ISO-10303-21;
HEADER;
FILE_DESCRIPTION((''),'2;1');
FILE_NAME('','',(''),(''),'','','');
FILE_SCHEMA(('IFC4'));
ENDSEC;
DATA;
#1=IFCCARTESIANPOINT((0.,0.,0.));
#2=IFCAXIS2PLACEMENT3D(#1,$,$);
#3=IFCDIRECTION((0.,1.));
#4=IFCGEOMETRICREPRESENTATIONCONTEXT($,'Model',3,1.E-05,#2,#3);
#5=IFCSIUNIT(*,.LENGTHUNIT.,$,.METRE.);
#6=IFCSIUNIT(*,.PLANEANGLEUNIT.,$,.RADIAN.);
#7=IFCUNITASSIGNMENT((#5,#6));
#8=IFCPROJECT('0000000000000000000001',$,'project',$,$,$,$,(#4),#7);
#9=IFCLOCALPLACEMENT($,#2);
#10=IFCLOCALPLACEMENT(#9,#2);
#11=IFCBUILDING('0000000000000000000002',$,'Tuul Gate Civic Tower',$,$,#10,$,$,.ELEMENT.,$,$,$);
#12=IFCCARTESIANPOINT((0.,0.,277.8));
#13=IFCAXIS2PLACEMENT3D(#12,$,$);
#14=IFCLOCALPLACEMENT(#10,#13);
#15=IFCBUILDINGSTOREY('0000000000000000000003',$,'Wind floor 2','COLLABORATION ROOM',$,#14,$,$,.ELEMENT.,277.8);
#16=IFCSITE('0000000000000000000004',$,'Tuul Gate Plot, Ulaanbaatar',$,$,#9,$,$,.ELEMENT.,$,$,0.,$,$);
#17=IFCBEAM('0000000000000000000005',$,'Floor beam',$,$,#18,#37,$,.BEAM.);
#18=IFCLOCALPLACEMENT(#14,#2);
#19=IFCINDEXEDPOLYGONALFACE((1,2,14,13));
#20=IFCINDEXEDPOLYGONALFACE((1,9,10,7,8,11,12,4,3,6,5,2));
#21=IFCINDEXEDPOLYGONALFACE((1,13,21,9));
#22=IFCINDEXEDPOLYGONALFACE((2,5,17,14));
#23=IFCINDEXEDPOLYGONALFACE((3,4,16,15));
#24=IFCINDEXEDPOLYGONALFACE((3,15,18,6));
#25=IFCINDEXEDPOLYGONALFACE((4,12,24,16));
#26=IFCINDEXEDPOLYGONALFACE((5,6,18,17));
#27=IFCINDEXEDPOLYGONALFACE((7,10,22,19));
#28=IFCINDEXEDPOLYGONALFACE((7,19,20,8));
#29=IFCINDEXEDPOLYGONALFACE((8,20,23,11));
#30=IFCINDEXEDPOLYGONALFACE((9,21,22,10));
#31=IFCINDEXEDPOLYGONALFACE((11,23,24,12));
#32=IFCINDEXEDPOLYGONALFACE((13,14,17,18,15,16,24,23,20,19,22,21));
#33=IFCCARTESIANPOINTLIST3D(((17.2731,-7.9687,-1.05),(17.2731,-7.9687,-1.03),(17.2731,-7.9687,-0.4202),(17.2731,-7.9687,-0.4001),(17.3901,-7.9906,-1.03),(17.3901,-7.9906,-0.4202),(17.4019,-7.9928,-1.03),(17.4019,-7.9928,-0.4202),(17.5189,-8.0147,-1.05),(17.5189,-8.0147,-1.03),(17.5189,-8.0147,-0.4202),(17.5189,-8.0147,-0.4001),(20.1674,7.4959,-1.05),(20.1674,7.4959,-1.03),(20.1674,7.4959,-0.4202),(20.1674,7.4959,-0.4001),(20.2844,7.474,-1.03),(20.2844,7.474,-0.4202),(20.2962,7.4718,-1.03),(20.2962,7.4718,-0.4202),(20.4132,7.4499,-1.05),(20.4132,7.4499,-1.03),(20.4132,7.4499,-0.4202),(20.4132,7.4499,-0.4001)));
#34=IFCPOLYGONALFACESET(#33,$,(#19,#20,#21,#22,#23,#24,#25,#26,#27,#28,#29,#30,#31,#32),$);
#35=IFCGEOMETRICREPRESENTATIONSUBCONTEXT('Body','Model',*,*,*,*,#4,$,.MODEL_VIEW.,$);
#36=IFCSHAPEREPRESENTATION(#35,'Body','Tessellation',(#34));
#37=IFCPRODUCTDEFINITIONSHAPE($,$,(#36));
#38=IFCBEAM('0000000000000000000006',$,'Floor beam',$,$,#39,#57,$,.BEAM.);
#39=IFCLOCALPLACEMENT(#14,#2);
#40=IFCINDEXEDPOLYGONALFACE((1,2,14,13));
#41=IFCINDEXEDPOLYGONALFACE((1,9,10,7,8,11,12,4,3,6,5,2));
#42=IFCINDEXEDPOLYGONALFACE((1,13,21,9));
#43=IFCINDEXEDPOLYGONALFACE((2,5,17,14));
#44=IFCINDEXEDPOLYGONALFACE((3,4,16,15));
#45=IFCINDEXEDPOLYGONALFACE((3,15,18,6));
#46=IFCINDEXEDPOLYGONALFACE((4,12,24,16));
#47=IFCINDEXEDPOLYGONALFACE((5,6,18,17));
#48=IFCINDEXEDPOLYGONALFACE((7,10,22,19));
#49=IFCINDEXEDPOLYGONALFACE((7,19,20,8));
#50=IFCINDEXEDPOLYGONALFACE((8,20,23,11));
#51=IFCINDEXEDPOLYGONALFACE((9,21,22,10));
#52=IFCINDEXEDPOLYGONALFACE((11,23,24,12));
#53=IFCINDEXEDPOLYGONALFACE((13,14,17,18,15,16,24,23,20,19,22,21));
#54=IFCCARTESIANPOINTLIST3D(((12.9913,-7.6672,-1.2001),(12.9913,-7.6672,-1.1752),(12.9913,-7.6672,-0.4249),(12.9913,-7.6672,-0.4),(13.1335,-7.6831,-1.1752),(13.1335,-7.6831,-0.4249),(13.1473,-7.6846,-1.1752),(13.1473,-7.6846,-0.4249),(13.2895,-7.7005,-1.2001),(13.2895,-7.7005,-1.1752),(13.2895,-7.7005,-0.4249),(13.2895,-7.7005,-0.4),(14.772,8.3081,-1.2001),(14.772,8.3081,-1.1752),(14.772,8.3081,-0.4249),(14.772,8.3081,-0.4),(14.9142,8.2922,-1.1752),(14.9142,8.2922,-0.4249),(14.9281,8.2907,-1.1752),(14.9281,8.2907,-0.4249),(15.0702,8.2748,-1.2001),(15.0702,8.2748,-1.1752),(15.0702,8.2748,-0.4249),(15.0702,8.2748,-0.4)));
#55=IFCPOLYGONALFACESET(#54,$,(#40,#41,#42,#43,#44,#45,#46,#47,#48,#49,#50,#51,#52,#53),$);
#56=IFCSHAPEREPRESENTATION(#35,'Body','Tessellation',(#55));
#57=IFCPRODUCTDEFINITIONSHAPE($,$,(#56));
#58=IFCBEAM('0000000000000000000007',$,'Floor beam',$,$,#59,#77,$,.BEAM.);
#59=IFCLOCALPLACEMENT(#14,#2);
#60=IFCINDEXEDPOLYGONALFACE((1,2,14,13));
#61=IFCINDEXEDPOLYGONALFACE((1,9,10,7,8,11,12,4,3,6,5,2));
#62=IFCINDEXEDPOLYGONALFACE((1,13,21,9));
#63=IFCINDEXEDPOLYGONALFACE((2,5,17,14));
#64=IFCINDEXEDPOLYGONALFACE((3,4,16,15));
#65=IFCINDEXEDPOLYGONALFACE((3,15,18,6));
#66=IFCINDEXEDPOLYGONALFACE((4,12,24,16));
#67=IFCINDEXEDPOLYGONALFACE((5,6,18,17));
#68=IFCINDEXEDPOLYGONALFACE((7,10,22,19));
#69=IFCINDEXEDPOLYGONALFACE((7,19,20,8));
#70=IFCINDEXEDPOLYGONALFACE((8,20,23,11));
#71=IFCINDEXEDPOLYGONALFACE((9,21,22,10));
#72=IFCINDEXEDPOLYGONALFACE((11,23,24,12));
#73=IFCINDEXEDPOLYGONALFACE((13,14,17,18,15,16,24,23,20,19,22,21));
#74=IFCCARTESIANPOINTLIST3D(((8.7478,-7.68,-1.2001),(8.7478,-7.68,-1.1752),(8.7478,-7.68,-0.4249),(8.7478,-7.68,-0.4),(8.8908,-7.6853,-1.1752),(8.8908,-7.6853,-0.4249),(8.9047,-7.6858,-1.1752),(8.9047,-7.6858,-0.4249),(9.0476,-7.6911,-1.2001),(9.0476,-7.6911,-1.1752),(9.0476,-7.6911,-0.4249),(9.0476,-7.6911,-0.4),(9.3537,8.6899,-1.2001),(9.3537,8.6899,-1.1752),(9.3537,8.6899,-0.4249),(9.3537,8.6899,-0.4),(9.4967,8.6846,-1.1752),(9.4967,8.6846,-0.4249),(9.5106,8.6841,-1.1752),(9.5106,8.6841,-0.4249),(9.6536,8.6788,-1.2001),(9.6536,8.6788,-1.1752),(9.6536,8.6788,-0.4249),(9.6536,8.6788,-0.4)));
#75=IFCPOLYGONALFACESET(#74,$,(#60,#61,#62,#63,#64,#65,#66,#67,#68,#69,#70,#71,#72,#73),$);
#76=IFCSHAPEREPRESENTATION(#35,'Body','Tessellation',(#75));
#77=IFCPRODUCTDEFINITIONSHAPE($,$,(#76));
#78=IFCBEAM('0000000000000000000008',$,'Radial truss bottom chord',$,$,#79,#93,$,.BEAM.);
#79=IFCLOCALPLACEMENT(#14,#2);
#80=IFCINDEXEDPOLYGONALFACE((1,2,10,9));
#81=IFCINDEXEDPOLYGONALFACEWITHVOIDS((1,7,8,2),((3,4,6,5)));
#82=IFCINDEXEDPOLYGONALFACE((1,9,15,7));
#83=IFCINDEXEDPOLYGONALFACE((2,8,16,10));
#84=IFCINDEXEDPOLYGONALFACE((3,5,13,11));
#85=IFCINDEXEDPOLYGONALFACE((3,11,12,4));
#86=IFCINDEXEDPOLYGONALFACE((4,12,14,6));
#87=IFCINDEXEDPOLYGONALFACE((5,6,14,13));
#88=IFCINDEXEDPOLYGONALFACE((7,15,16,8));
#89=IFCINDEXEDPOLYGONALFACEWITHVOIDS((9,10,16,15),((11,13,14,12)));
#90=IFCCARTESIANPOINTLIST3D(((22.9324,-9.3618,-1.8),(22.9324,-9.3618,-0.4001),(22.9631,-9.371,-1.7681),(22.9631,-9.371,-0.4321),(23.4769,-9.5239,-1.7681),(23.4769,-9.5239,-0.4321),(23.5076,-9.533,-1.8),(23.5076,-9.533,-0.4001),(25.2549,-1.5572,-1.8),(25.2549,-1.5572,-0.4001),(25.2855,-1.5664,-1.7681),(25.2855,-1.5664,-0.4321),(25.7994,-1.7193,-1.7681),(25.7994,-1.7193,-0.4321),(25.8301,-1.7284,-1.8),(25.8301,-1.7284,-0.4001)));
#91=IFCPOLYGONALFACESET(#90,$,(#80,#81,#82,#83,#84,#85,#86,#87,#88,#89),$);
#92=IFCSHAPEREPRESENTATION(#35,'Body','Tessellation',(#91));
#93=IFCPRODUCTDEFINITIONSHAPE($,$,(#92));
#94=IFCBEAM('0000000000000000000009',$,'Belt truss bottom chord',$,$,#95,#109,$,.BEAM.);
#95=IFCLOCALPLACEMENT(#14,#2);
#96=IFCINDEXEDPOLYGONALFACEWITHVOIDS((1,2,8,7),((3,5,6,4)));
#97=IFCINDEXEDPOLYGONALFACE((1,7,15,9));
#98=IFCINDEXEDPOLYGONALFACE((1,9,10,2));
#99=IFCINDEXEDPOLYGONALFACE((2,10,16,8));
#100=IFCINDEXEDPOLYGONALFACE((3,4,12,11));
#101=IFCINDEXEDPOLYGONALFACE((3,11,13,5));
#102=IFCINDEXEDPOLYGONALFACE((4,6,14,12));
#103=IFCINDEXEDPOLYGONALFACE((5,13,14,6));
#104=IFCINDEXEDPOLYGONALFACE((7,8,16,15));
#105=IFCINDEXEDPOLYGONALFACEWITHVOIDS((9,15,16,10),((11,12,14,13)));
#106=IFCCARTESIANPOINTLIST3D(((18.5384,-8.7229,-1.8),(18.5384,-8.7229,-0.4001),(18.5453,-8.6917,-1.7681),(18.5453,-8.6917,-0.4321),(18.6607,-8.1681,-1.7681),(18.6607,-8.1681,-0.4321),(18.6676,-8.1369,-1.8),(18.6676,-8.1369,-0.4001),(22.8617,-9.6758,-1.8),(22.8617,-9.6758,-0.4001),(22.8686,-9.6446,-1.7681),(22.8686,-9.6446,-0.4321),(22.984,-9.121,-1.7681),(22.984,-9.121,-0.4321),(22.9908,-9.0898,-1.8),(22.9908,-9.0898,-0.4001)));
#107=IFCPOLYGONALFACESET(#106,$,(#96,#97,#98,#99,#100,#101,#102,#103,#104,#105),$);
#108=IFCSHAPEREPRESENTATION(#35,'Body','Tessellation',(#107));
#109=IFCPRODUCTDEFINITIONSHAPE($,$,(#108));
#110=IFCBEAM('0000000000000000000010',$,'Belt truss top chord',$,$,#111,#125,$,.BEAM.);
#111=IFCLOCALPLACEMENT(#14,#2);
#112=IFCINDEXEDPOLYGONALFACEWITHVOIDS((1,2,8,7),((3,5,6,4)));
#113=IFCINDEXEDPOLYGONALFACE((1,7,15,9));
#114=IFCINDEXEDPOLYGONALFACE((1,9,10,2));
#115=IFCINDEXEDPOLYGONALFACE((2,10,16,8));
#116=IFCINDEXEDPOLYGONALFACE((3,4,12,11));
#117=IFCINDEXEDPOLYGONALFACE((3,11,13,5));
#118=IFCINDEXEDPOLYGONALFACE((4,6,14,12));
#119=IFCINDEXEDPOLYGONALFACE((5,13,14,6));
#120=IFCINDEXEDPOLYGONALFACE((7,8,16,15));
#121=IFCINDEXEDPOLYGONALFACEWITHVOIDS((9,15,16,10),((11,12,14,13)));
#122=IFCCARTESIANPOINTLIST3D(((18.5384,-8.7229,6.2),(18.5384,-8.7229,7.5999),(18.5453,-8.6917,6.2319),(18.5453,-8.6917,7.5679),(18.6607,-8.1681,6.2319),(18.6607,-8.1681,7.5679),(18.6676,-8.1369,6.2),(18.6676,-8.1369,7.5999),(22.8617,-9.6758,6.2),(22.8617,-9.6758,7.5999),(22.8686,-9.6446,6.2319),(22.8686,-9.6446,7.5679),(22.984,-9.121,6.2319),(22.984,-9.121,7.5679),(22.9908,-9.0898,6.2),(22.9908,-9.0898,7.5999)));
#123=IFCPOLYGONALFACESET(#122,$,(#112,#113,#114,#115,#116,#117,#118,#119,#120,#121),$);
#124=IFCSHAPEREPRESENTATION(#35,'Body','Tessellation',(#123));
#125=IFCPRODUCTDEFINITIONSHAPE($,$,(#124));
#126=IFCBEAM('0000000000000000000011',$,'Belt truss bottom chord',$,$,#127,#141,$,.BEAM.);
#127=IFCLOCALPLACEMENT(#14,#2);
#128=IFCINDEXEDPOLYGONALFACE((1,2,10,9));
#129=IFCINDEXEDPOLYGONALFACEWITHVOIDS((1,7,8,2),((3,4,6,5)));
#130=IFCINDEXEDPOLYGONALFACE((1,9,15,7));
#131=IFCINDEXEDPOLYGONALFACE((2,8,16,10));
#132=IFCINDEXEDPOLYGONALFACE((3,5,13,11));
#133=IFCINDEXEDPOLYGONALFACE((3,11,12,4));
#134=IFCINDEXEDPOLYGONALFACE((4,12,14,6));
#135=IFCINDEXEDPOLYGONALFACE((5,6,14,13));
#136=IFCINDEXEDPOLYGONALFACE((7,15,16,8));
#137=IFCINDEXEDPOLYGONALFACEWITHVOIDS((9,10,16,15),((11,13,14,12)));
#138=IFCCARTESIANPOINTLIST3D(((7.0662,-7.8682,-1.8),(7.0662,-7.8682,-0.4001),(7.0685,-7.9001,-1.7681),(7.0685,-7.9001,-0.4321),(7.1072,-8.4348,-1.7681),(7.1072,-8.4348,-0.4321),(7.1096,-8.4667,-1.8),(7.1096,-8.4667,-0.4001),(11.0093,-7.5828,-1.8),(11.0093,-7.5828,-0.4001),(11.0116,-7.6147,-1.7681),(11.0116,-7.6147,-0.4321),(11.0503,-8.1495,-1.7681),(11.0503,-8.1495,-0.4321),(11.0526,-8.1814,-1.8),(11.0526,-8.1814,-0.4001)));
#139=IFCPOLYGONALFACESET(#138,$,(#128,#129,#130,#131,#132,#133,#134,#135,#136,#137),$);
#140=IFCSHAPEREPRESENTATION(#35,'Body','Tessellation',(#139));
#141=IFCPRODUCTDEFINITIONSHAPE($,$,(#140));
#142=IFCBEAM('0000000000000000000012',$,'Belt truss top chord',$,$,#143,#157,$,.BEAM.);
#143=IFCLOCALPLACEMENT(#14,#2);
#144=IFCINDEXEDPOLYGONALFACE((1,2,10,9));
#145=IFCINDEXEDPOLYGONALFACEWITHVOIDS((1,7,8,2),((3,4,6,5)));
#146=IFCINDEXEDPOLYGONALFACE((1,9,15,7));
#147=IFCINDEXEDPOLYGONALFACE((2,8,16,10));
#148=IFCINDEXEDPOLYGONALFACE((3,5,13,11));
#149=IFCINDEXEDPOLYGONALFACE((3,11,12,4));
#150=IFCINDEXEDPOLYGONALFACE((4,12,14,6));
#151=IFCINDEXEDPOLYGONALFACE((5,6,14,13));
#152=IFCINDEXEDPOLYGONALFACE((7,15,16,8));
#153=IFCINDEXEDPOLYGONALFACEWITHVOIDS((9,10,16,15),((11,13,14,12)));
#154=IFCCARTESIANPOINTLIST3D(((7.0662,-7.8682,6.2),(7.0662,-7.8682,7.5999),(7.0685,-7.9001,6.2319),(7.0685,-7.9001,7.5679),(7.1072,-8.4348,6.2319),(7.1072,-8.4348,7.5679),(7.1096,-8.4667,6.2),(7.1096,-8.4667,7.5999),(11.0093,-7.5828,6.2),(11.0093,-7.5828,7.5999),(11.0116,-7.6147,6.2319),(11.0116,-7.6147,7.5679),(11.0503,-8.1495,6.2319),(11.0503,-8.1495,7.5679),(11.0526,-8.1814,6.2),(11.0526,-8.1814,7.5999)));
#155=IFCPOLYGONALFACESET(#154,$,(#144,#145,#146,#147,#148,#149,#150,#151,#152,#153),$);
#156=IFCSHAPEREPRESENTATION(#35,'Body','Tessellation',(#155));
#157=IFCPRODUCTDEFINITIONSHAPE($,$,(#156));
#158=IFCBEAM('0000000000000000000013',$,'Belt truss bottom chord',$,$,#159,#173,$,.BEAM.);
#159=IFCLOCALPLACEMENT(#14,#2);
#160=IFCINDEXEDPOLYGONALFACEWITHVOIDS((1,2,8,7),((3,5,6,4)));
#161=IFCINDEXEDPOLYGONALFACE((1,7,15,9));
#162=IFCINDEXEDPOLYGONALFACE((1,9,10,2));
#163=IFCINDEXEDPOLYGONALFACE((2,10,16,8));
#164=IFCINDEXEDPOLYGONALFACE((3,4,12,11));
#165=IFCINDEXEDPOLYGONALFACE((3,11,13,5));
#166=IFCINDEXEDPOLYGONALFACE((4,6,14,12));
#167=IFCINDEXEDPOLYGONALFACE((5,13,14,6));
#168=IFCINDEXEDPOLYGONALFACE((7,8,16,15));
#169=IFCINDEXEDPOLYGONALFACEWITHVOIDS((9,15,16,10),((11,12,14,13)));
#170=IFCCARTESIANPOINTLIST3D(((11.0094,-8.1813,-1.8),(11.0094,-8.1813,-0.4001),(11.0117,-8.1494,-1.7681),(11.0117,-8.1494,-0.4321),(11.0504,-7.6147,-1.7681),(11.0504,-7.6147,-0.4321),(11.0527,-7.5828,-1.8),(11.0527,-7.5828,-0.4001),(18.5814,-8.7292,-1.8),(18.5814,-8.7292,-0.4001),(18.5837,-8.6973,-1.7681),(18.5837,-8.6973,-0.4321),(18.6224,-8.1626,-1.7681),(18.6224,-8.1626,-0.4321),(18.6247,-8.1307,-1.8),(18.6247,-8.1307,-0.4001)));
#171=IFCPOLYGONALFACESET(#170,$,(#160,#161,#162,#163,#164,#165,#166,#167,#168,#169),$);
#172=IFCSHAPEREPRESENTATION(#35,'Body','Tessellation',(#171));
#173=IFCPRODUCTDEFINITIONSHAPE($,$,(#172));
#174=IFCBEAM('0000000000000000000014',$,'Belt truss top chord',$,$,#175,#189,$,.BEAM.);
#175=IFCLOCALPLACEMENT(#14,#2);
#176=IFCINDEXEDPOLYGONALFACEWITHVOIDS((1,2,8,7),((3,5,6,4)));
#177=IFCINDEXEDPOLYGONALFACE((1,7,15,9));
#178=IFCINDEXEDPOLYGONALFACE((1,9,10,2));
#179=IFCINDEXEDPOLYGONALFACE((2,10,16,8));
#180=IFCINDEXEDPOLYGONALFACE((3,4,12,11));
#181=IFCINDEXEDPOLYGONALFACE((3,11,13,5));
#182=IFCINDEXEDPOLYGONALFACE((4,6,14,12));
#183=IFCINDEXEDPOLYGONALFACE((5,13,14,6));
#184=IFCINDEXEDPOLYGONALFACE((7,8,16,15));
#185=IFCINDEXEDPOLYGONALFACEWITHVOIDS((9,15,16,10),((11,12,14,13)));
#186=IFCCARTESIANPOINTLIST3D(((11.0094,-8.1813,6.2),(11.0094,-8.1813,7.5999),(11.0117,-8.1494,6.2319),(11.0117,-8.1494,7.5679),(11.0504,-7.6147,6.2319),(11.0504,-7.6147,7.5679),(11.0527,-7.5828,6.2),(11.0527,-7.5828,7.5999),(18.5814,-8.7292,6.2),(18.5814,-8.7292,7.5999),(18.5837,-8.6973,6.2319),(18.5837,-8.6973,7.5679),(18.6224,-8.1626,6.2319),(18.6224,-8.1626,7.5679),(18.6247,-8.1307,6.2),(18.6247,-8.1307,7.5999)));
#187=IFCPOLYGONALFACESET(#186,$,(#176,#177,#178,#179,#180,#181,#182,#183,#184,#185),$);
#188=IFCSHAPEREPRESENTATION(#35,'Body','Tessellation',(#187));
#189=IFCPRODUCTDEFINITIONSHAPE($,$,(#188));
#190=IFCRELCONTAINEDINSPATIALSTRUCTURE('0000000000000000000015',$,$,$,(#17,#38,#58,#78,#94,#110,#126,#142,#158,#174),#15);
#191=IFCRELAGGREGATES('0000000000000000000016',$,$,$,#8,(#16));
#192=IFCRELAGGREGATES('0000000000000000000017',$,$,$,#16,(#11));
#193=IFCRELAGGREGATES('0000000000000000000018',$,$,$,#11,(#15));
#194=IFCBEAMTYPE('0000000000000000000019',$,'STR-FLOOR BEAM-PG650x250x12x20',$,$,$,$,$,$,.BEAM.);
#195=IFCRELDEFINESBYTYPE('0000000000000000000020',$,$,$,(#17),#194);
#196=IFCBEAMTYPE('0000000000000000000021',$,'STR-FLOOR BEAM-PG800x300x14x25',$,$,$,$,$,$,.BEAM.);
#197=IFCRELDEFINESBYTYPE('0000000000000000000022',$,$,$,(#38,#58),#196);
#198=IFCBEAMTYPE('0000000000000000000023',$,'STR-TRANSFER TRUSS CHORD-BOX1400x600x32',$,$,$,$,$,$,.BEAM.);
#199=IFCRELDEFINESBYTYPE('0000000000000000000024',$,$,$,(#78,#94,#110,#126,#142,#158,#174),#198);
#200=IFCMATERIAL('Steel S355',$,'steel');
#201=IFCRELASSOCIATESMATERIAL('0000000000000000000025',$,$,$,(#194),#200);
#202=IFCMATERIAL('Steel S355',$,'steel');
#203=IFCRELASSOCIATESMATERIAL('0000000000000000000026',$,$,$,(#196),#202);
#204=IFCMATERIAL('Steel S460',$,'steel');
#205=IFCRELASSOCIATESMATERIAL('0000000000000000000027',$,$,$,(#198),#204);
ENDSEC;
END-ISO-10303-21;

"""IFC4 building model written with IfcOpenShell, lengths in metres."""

from ifc_helpers import new_model, si_unit, direction, frame, origin, origin_2d, place, context, subcontext, project, spatial, hollow_rectangle, i_section, extrude, material, material_profile, profile_set, type_object, element, save


model = new_model("IFC4")

# Units and contexts
model_context = context("Model", 3, precision=1e-05, world=origin(), true_north=direction((0.0, 1.0)))
body_context = subcontext(model_context, "Body", "Model", "MODEL_VIEW")
ifc_project = project(units=[si_unit("LENGTHUNIT", "METRE"), si_unit("PLANEANGLEUNIT", "RADIAN")], contexts=[model_context])

# Site, building, storey
site_placement = place(None, origin())
site = spatial("IfcSite", under=ifc_project, at=site_placement, Name="Tuul Gate Plot, Ulaanbaatar", CompositionType="ELEMENT", RefElevation=0.0)
building_placement = place(site_placement, origin())
building = spatial("IfcBuilding", under=site, at=building_placement, Name="Tuul Gate Civic Tower", CompositionType="ELEMENT")
storey_placement = place(building_placement, frame((0.0, 0.0, 277.8)))
storey = spatial("IfcBuildingStorey", under=building, at=storey_placement, Name="Wind floor 2", Description="COLLABORATION ROOM", CompositionType="ELEMENT", Elevation=277.8)

# Beams
ifc_material_1 = material(Name="Steel S355", Category="steel")
ifc_material_profile_1 = material_profile(ifc_material_1, i_section(OverallWidth=0.25, OverallDepth=0.6499, WebThickness=0.012, FlangeThickness=0.02, at=origin_2d()), Name="PG650x250x12x20")
ifc_profile_set_1 = profile_set([ifc_material_profile_1], Name="Steel S355")
beam_type_1 = type_object("IfcBeamType", Name="STR-FLOOR BEAM-PG650x250x12x20", PredefinedType="BEAM", material=ifc_profile_set_1)
beam_1_placement = place(storey_placement, frame((17.396, -7.9917, -0.7251), z_axis=(0.183962, 0.982933, 0.0), x_axis=(-0.982933, 0.183962, 0.0)))
element("IfcBeam", 1, at=beam_1_placement, inside=storey, type_object=beam_type_1, Name="Floor beam", PredefinedType="BEAM", context=body_context, shape_type="SweptSolid", body=[
    extrude(i_section(OverallWidth=0.25, OverallDepth=0.6499, WebThickness=0.012, FlangeThickness=0.02, at=origin_2d()), origin(), (0.0, 0.0, 1.0), 15.7332),
])
ifc_material_2 = material(Name="Steel S355", Category="steel")
ifc_material_profile_2 = material_profile(ifc_material_2, i_section(OverallWidth=0.3, OverallDepth=0.8, WebThickness=0.0139, FlangeThickness=0.0249, at=origin_2d()), Name="PG800x300x14x25")
ifc_profile_set_2 = profile_set([ifc_material_profile_2], Name="Steel S355")
beam_type_2 = type_object("IfcBeamType", Name="STR-FLOOR BEAM-PG800x300x14x25", PredefinedType="BEAM", material=ifc_profile_set_2)
beam_2_placement = place(storey_placement, frame((13.1404, -7.6838, -0.8), z_axis=(0.110783, 0.993845, 0.0), x_axis=(-0.993845, 0.110783, 0.0)))
element("IfcBeam", 2, at=beam_2_placement, inside=storey, type_object=beam_type_2, Name="Floor beam", PredefinedType="BEAM", context=body_context, shape_type="SweptSolid", body=[
    extrude(i_section(OverallWidth=0.3, OverallDepth=0.8, WebThickness=0.0139, FlangeThickness=0.0249, at=origin_2d()), origin(), (0.0, 0.0, 1.0), 16.0742),
])
beam_3_placement = place(storey_placement, frame((8.8977, -7.6855, -0.8), z_axis=(0.036991, 0.999316, 0.0), x_axis=(-0.999316, 0.036991, 0.0)))
element("IfcBeam", 3, at=beam_3_placement, inside=storey, type_object=beam_type_2, Name="Floor beam", PredefinedType="BEAM", context=body_context, shape_type="SweptSolid", body=[
    extrude(i_section(OverallWidth=0.3, OverallDepth=0.8, WebThickness=0.0139, FlangeThickness=0.0249, at=origin_2d()), origin(), (0.0, 0.0, 1.0), 16.3811),
])
ifc_material_3 = material(Name="Steel S460", Category="steel")
ifc_material_profile_3 = material_profile(ifc_material_3, hollow_rectangle(XDim=0.6001, YDim=1.3999, WallThickness=0.032, at=origin_2d()), Name="BOX1400x600x32")
ifc_profile_set_3 = profile_set([ifc_material_profile_3], Name="Steel S460")
beam_type_3 = type_object("IfcBeamType", Name="STR-TRANSFER TRUSS CHORD-BOX1400x600x32", PredefinedType="BEAM", material=ifc_profile_set_3)
beam_4_placement = place(storey_placement, frame((25.5425, -1.6428, -1.1001), z_axis=(-0.285218, -0.958463, 0.0), x_axis=(0.958463, -0.285218, 0.0)))
element("IfcBeam", 4, at=beam_4_placement, inside=storey, type_object=beam_type_3, Name="Radial truss bottom chord", PredefinedType="BEAM", context=body_context, shape_type="SweptSolid", body=[
    extrude(hollow_rectangle(XDim=0.6001, YDim=1.3999, WallThickness=0.032, at=origin_2d()), origin(), (0.0, 0.0, 1.0), 8.1428),
])
for number, where, z_axis, x_axis, name in (
    (5, (18.603, -8.4299, -1.1001), (0.976561, -0.215243, 0.0), (0.215243, 0.976561, 0.0), "Belt truss bottom chord"),
    (6, (18.603, -8.4299, 6.8999), (0.976561, -0.215243, 0.0), (0.215243, 0.976561, 0.0), "Belt truss top chord"),
):
    element("IfcBeam", number, at=place(storey_placement, frame(where, z_axis=z_axis, x_axis=x_axis)), inside=storey, type_object=beam_type_3, Name=name, PredefinedType="BEAM", context=body_context, shape_type="SweptSolid", body=[
        extrude(hollow_rectangle(XDim=0.6001, YDim=1.3999, WallThickness=0.032, at=origin_2d()), origin(), (0.0, 0.0, 1.0), 4.427),
    ])
for number, where, z_axis, x_axis, name in (
    (7, (7.0879, -8.1675, -1.1001), (0.997391, 0.072191, 0.0), (-0.072191, 0.997391, 0.0), "Belt truss bottom chord"),
    (8, (7.0879, -8.1675, 6.8999), (0.997391, 0.072191, 0.0), (-0.072191, 0.997391, 0.0), "Belt truss top chord"),
):
    element("IfcBeam", number, at=place(storey_placement, frame(where, z_axis=z_axis, x_axis=x_axis)), inside=storey, type_object=beam_type_3, Name=name, PredefinedType="BEAM", context=body_context, shape_type="SweptSolid", body=[
        extrude(hollow_rectangle(XDim=0.6001, YDim=1.3999, WallThickness=0.032, at=origin_2d()), origin(), (0.0, 0.0, 1.0), 3.9534),
    ])
for number, where, z_axis, x_axis, name in (
    (9, (11.031, -7.8821, -1.1001), (0.997393, -0.072163, 0.0), (0.072163, 0.997393, 0.0), "Belt truss bottom chord"),
    (10, (11.031, -7.8821, 6.8999), (0.997393, -0.072163, 0.0), (0.072163, 0.997393, 0.0), "Belt truss top chord"),
):
    element("IfcBeam", number, at=place(storey_placement, frame(where, z_axis=z_axis, x_axis=x_axis)), inside=storey, type_object=beam_type_3, Name=name, PredefinedType="BEAM", context=body_context, shape_type="SweptSolid", body=[
        extrude(hollow_rectangle(XDim=0.6001, YDim=1.3999, WallThickness=0.032, at=origin_2d()), origin(), (0.0, 0.0, 1.0), 7.5918),
    ])

save(model, "model.ifc")
